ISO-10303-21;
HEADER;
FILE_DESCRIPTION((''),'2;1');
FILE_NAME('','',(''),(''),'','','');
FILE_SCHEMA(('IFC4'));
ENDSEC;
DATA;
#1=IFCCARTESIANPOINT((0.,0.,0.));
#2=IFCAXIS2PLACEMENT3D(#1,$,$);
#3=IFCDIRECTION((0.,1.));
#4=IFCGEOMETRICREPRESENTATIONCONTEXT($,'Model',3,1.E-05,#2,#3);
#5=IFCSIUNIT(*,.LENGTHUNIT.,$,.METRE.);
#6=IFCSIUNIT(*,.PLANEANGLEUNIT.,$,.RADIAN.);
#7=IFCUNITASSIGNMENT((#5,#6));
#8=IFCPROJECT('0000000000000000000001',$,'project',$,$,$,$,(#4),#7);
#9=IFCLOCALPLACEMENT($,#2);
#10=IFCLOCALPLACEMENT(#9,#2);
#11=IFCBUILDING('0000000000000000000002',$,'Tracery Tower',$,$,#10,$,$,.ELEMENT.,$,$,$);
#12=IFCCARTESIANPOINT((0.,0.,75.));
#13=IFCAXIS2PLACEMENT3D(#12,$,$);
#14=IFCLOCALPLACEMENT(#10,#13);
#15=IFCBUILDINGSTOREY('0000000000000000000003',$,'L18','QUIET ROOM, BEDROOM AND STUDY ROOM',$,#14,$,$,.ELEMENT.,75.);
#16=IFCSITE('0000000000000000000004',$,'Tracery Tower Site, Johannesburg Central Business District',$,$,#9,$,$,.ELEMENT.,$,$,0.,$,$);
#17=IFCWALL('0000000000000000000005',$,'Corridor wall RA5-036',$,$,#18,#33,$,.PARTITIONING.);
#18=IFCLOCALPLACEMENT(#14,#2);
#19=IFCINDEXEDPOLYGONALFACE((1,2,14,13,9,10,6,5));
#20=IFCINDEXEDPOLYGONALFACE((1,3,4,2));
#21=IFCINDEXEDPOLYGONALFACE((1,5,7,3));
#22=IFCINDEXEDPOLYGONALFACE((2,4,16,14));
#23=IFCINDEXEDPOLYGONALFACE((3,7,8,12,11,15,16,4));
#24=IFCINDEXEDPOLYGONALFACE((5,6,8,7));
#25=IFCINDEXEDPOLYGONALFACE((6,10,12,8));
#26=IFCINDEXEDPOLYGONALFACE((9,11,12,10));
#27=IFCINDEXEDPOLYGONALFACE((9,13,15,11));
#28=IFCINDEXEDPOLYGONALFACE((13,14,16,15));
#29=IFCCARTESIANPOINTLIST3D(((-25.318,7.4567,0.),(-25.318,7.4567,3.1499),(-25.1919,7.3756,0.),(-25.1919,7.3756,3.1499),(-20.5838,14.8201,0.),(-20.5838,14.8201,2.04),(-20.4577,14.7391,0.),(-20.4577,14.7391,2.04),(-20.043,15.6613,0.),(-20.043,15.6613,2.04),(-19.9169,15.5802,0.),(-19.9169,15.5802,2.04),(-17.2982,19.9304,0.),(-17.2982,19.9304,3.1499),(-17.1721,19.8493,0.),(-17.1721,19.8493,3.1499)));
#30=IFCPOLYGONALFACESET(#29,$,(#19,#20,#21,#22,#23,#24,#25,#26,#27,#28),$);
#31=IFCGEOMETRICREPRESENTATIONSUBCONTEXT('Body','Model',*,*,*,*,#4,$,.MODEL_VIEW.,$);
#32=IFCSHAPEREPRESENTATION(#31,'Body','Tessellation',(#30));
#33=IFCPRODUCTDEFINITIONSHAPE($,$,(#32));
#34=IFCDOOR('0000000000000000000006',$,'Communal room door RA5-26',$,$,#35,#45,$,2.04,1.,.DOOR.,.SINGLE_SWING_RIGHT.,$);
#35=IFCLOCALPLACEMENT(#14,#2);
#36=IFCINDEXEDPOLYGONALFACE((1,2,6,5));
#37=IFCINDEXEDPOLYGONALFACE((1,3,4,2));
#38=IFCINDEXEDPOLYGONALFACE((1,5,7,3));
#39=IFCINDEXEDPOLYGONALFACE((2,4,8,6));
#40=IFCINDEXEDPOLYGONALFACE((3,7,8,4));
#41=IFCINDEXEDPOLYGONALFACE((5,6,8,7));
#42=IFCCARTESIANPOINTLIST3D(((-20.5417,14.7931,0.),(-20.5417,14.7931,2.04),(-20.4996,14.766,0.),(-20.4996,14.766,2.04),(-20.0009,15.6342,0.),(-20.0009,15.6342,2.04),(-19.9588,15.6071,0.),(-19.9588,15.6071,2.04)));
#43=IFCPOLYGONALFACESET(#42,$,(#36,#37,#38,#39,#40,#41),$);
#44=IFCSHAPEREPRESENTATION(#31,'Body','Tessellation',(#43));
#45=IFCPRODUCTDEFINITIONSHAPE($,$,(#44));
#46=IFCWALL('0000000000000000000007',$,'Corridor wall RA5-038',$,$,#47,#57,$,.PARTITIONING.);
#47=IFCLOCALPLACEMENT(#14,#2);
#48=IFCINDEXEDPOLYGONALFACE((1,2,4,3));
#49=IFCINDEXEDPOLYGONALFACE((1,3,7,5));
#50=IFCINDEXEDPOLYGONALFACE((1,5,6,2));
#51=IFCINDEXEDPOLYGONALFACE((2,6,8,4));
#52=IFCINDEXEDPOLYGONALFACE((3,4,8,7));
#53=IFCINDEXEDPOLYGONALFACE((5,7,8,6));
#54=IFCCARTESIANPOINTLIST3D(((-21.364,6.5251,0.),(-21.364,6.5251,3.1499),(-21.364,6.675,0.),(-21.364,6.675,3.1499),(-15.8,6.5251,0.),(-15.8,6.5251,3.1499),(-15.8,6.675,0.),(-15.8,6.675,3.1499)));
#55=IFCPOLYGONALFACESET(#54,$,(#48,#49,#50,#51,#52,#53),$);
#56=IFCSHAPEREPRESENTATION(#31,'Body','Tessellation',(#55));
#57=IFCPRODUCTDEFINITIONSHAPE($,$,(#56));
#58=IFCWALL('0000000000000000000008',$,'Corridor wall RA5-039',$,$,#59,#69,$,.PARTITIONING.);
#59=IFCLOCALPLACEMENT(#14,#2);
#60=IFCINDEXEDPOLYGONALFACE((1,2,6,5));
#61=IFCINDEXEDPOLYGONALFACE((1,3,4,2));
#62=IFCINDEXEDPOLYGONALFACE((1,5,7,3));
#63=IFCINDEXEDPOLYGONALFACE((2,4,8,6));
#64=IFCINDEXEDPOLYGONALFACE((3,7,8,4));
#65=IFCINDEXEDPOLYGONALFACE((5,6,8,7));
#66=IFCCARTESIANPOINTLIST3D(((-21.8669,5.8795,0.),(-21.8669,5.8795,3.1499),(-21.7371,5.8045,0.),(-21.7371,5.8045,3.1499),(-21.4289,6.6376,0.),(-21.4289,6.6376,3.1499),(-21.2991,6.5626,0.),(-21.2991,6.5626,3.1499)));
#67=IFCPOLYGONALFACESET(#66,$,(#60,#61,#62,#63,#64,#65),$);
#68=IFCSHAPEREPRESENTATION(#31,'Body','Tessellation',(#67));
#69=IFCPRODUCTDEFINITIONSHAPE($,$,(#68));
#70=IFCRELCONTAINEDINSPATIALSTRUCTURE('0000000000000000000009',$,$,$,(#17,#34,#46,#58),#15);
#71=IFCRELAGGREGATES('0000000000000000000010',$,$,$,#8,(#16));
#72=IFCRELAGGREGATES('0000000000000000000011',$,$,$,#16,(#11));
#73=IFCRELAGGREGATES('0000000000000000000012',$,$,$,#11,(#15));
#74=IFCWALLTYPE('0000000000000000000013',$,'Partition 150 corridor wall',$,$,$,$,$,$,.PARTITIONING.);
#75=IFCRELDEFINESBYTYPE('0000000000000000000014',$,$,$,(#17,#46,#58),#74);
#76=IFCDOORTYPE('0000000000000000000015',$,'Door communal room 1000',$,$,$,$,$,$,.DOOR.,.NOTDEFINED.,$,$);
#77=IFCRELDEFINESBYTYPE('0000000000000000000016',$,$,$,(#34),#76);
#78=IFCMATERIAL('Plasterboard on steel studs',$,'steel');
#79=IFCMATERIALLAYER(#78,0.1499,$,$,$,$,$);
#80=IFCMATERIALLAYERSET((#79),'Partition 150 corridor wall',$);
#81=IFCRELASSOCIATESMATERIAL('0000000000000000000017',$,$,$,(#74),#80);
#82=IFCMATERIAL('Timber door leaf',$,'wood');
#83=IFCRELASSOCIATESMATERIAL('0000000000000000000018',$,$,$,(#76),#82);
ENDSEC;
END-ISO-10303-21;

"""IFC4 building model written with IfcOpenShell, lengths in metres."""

from ifc_helpers import new_model, si_unit, direction, frame, frame_2d, origin, place, context, subcontext, project, spatial, rectangle, extrude, material, layer, layer_set, type_object, element, fill, save


model = new_model("IFC4")

# Units and contexts
model_context = context("Model", 3, precision=1e-05, world=origin(), true_north=direction((0.0, 1.0)))
body_context = subcontext(model_context, "Body", "Model", "MODEL_VIEW")
ifc_project = project(units=[si_unit("LENGTHUNIT", "METRE"), si_unit("PLANEANGLEUNIT", "RADIAN")], contexts=[model_context])

# Site, building, storey
site_placement = place(None, origin())
site = spatial("IfcSite", under=ifc_project, at=site_placement, Name="Tracery Tower Site, Johannesburg Central Business District", CompositionType="ELEMENT", RefElevation=0.0)
building_placement = place(site_placement, origin())
building = spatial("IfcBuilding", under=site, at=building_placement, Name="Tracery Tower", CompositionType="ELEMENT")
storey_placement = place(building_placement, frame((0.0, 0.0, 75.0)))
storey = spatial("IfcBuildingStorey", under=building, at=storey_placement, Name="L18", Description="QUIET ROOM, BEDROOM AND STUDY ROOM", CompositionType="ELEMENT", Elevation=75.0)

# Shared definitions
ifc_material_1 = material(Name="Plasterboard on steel studs", Category="steel")
ifc_layer_1 = layer(ifc_material_1, 0.1499)
ifc_layer_set_1 = layer_set([ifc_layer_1], Name="Partition 150 corridor wall")
wall_type_1 = type_object("IfcWallType", Name="Partition 150 corridor wall", PredefinedType="PARTITIONING", material=ifc_layer_set_1)
ifc_material_2 = material(Name="Timber door leaf", Category="wood")
door_type_1 = type_object("IfcDoorType", Name="Door communal room 1000", OperationType="NOTDEFINED", PredefinedType="DOOR", material=ifc_material_2)

# Wall, opening, door
wall_1_placement = place(storey_placement, frame((-25.2549, 7.4163, 0.0), z_axis=(0.0, 0.0, 1.0), x_axis=(0.540806, 0.841147, 0.0)))
wall_1 = element("IfcWall", 1, at=wall_1_placement, inside=storey, type_object=wall_type_1, Name="Corridor wall RA5-036", PredefinedType="PARTITIONING", context=body_context, shape_type="SweptSolid", body=[
    extrude(rectangle(XDim=14.8293, YDim=0.1499, at=frame_2d((7.4146, 0.0))), origin(), (0.0, 0.0, 1.0), 3.1499),
])
opening_1_placement = place(wall_1_placement, frame((8.7539, 0.0, 0.0)))
opening_1 = element("IfcOpeningElement", 2, at=opening_1_placement, cuts=wall_1, PredefinedType="OPENING", context=body_context, shape_type="SweptSolid", body=[
    extrude(rectangle(XDim=1.0, YDim=2.04, at=frame_2d((0.5, 1.02))), frame((0.0, 0.075, 0.0), z_axis=(0.0, -1.0, 0.0), x_axis=(1.0, 0.0, 0.0)), (0.0, 0.0, 1.0), 0.1499),
])
door_1_placement = place(opening_1_placement, origin())
door_1 = element("IfcDoor", 3, at=door_1_placement, inside=storey, type_object=door_type_1, Name="Communal room door RA5-26", OperationType="SINGLE_SWING_RIGHT", OverallHeight=2.04, OverallWidth=1.0, PredefinedType="DOOR", context=body_context, shape_type="SweptSolid", body=[
    extrude(rectangle(XDim=1.0, YDim=2.04, at=frame_2d((0.5, 1.02))), frame((0.0, 0.0249, 0.0), z_axis=(0.0, -1.0, 0.0), x_axis=(1.0, 0.0, 0.0)), (0.0, 0.0, 1.0), 0.05),
])
fill(opening_1, door_1)

# Walls
wall_2_placement = place(storey_placement, frame((-21.364, 6.6001, 0.0), z_axis=(0.0, 0.0, 1.0), x_axis=(1.0, 0.0, 0.0)))
element("IfcWall", 4, at=wall_2_placement, inside=storey, type_object=wall_type_1, Name="Corridor wall RA5-038", PredefinedType="PARTITIONING", context=body_context, shape_type="SweptSolid", body=[
    extrude(rectangle(XDim=5.564, YDim=0.1499, at=frame_2d((2.782, 0.0))), origin(), (0.0, 0.0, 1.0), 3.1499),
])
wall_3_placement = place(storey_placement, frame((-21.802, 5.842, 0.0), z_axis=(0.0, 0.0, 1.0), x_axis=(0.500278, 0.865865, 0.0)))
element("IfcWall", 5, at=wall_3_placement, inside=storey, type_object=wall_type_1, Name="Corridor wall RA5-039", PredefinedType="PARTITIONING", context=body_context, shape_type="SweptSolid", body=[
    extrude(rectangle(XDim=0.8755, YDim=0.1499, at=frame_2d((0.4377, 0.0))), origin(), (0.0, 0.0, 1.0), 3.1499),
])

save(model, "model.ifc")
